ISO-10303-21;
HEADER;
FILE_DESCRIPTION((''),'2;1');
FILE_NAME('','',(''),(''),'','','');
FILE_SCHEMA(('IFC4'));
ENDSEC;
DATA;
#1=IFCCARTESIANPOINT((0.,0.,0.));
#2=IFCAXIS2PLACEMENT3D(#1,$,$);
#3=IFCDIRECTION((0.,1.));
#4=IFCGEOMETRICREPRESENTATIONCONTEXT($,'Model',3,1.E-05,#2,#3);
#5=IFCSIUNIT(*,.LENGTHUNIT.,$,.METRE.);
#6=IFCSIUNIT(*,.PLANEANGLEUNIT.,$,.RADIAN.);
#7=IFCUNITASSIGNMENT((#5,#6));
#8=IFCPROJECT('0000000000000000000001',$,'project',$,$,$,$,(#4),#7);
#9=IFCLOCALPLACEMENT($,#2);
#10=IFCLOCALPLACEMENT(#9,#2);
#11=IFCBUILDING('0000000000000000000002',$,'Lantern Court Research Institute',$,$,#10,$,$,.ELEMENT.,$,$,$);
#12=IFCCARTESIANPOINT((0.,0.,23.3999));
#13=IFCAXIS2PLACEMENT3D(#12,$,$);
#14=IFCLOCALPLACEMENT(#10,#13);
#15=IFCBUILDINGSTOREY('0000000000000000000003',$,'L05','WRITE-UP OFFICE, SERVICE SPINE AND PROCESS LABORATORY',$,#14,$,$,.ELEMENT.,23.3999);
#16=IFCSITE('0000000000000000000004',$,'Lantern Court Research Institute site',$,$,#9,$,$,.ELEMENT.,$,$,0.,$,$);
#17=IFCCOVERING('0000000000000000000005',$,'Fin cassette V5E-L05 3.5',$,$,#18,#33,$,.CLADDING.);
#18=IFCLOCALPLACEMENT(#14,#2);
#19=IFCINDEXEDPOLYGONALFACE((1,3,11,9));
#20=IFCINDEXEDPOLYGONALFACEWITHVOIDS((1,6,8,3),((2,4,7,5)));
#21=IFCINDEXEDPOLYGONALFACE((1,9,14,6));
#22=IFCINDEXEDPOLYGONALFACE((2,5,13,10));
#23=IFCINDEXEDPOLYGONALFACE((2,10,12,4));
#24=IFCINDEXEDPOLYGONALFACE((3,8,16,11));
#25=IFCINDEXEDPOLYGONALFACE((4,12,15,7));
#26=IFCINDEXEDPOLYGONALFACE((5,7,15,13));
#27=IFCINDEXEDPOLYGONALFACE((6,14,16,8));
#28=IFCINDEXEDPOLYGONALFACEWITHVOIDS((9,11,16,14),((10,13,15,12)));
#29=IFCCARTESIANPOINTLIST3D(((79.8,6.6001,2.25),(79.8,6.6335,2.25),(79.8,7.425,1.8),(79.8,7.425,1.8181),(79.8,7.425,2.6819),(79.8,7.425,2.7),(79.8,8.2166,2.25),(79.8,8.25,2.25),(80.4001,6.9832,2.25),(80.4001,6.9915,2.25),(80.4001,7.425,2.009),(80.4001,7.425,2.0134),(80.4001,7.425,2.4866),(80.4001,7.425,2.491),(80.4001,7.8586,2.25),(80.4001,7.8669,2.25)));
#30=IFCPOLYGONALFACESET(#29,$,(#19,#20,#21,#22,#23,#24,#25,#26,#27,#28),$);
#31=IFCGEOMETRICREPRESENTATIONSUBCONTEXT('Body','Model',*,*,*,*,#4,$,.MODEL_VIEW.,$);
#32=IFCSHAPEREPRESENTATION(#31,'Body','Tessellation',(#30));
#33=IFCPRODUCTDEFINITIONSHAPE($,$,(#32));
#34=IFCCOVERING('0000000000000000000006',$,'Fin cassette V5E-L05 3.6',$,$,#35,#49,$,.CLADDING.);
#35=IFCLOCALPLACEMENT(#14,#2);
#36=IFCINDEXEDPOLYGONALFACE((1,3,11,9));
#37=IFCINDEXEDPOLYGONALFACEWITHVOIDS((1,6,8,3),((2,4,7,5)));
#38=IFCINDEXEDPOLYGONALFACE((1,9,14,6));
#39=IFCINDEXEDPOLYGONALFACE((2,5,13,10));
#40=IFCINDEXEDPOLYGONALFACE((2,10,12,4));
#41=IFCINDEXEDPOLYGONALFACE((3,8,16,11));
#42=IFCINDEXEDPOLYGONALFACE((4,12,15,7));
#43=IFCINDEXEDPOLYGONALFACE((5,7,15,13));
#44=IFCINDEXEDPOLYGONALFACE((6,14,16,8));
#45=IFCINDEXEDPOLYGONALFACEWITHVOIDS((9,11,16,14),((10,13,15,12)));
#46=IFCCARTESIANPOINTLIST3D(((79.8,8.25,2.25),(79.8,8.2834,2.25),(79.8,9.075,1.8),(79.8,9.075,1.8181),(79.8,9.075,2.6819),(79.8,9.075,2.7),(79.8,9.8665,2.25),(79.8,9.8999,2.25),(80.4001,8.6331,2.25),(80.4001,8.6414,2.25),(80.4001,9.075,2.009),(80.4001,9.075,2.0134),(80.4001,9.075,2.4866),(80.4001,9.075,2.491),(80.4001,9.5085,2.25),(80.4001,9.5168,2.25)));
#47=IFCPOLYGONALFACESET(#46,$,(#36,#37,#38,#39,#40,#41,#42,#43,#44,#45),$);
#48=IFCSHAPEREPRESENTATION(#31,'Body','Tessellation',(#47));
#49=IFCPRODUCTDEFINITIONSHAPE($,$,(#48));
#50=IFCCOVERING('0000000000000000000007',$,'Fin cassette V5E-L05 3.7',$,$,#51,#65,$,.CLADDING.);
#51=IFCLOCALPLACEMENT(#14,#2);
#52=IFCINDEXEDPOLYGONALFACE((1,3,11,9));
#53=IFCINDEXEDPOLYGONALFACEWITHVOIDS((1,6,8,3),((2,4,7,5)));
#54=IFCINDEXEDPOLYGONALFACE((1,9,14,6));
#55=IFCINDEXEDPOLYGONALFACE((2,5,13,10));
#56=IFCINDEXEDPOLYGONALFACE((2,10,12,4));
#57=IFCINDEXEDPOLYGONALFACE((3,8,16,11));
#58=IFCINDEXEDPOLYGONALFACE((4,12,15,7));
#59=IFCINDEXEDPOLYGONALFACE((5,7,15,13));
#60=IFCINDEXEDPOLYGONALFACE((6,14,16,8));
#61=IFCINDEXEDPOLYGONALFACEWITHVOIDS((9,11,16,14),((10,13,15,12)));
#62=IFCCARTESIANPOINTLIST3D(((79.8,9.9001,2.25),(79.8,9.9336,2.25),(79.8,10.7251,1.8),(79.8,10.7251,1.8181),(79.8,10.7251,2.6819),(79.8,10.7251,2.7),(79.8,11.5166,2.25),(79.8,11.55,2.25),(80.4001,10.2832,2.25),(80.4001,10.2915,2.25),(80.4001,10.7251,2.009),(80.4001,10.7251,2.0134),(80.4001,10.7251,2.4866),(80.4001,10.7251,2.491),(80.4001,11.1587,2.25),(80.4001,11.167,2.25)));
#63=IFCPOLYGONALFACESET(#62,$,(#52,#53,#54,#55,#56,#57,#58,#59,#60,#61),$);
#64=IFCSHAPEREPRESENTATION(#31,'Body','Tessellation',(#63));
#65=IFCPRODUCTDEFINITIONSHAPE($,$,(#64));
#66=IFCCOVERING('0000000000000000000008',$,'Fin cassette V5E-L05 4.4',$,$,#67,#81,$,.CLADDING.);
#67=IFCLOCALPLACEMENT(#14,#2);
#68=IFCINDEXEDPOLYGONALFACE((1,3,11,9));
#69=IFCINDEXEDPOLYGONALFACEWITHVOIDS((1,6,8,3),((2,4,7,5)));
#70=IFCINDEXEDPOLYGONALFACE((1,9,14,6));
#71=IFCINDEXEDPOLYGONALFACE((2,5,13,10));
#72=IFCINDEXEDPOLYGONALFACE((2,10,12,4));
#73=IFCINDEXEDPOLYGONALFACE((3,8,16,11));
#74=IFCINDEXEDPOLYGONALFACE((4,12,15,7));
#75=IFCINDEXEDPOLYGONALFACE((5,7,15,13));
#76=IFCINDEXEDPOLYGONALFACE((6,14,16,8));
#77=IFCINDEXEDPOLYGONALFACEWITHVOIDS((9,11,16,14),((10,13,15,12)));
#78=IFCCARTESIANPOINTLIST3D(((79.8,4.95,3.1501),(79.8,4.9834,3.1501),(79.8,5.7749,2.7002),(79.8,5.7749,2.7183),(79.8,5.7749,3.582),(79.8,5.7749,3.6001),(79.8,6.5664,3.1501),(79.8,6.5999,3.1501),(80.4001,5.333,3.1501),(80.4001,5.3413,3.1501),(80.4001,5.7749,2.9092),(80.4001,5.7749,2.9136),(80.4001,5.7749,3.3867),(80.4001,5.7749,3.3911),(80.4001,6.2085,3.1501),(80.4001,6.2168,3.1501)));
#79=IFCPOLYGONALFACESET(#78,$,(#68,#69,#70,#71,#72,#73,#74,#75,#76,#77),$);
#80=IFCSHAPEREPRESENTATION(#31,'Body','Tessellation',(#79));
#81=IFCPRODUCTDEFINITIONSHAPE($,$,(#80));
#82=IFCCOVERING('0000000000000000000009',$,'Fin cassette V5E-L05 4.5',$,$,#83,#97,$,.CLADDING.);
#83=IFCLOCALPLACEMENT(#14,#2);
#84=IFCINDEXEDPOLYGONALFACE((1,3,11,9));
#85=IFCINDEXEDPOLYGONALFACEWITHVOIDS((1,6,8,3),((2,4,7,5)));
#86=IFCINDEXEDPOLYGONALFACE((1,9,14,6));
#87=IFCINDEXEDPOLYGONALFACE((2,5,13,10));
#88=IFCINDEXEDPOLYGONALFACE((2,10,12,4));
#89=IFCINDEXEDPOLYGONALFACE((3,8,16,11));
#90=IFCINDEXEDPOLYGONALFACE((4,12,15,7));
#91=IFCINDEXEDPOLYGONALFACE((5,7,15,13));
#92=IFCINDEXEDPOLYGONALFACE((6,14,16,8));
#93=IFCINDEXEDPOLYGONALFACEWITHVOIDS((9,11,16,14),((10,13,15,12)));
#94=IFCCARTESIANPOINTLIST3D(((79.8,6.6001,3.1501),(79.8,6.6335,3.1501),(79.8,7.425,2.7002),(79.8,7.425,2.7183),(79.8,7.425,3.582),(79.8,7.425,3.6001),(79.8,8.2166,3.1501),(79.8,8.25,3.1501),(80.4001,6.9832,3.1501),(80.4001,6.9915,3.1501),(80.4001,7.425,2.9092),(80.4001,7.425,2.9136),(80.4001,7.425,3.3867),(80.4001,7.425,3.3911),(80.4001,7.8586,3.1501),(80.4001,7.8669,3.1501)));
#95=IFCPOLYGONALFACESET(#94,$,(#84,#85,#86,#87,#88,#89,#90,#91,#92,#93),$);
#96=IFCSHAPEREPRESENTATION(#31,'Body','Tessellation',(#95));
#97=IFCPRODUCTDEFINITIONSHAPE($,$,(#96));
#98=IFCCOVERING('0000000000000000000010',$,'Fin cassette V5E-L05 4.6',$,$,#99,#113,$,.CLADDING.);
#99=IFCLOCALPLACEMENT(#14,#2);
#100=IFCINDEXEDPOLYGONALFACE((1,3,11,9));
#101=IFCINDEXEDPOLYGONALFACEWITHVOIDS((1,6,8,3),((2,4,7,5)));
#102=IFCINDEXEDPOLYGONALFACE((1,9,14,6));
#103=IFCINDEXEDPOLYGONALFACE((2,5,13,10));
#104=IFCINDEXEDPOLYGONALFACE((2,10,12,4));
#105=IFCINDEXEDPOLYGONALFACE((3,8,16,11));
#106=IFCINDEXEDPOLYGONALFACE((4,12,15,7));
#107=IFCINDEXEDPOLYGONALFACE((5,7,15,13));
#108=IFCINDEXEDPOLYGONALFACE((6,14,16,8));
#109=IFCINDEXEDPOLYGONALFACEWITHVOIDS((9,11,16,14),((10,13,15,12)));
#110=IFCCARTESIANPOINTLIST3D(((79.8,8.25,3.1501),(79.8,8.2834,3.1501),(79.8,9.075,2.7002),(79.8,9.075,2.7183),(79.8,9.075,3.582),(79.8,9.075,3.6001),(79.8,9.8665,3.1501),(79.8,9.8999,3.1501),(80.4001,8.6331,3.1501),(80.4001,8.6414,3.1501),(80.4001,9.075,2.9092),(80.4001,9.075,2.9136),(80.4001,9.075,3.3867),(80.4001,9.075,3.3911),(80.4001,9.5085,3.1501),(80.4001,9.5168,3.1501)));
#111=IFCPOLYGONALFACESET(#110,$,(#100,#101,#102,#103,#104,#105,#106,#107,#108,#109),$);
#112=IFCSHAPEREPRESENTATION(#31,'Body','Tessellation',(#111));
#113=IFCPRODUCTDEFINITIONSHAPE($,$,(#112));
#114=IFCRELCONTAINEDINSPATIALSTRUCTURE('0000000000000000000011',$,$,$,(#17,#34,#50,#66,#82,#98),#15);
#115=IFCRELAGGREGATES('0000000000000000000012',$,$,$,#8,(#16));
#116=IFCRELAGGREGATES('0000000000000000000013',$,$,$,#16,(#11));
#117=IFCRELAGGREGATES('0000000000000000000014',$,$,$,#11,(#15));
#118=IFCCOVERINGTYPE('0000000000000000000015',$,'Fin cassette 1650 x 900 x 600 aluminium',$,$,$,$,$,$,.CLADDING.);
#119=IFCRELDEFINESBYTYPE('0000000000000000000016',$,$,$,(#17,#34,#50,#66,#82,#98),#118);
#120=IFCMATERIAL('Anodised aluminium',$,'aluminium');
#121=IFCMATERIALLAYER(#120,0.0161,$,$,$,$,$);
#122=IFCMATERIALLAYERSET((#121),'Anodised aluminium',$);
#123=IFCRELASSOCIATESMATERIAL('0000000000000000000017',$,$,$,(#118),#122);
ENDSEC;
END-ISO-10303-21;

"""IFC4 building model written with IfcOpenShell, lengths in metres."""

from ifc_helpers import new_model, entity, si_unit, direction, frame, origin, place, context, subcontext, project, spatial, material, layer, layer_set, type_object, element, save


model = new_model("IFC4")

# Units and contexts
model_context = context("Model", 3, precision=1e-05, world=origin(), true_north=direction((0.0, 1.0)))
body_context = subcontext(model_context, "Body", "Model", "MODEL_VIEW")
ifc_project = project(units=[si_unit("LENGTHUNIT", "METRE"), si_unit("PLANEANGLEUNIT", "RADIAN")], contexts=[model_context])

# Site, building, storey
site_placement = place(None, origin())
site = spatial("IfcSite", under=ifc_project, at=site_placement, Name="Lantern Court Research Institute site", CompositionType="ELEMENT", RefElevation=0.0)
building_placement = place(site_placement, origin())
building = spatial("IfcBuilding", under=site, at=building_placement, Name="Lantern Court Research Institute", CompositionType="ELEMENT")
storey_placement = place(building_placement, frame((0.0, 0.0, 23.3999)))
storey = spatial("IfcBuildingStorey", under=building, at=storey_placement, Name="L05", Description="WRITE-UP OFFICE, SERVICE SPINE AND PROCESS LABORATORY", CompositionType="ELEMENT", Elevation=23.3999)

# Coverings
ifc_material_1 = material(Name="Anodised aluminium", Category="aluminium")
ifc_layer_1 = layer(ifc_material_1, 0.0161)
ifc_layer_set_1 = layer_set([ifc_layer_1], Name="Anodised aluminium")
covering_type = type_object("IfcCoveringType", Name="Fin cassette 1650 x 900 x 600 aluminium", PredefinedType="CLADDING", material=ifc_layer_set_1)
covering_1_placement = place(storey_placement, frame((79.8, 7.425, 2.25), z_axis=(1.0, 0.0, 0.0), x_axis=(0.0, 1.0, 0.0)))
cartesian_point_1 = entity("IfcCartesianPoint", [0.825, 0.0])
cartesian_point_2 = entity("IfcCartesianPoint", [0.7915, 0.0])
cartesian_point_3 = entity("IfcCartesianPoint", [0.4419, 0.0])
cartesian_point_4 = entity("IfcCartesianPoint", [0.4336, 0.0])
element("IfcCovering", 1, at=covering_1_placement, inside=storey, type_object=covering_type, Name="Fin cassette V5E-L05 3.5", PredefinedType="CLADDING", context=body_context, shape_type="SweptSolid", body=[
    entity("IfcExtrudedAreaSolidTapered", entity("IfcArbitraryProfileDefWithVoids", "AREA", None, entity("IfcPolyline", [cartesian_point_1, entity("IfcCartesianPoint", [0.0, 0.45]), entity("IfcCartesianPoint", [-0.825, 0.0]), entity("IfcCartesianPoint", [0.0, -0.45]), cartesian_point_1]), [entity("IfcPolyline", [cartesian_point_2, entity("IfcCartesianPoint", [0.0, 0.4319]), entity("IfcCartesianPoint", [-0.7915, 0.0]), entity("IfcCartesianPoint", [0.0, -0.4319]), cartesian_point_2])]), entity("IfcAxis2Placement3D", entity("IfcCartesianPoint", [0.0, 0.0, 0.0])), entity("IfcDirection", [0.0, 0.0, 1.0]), 0.6001, entity("IfcArbitraryProfileDefWithVoids", "AREA", None, entity("IfcPolyline", [cartesian_point_3, entity("IfcCartesianPoint", [0.0, 0.241]), entity("IfcCartesianPoint", [-0.4419, 0.0]), entity("IfcCartesianPoint", [0.0, -0.241]), cartesian_point_3]), [entity("IfcPolyline", [cartesian_point_4, entity("IfcCartesianPoint", [0.0, 0.2366]), entity("IfcCartesianPoint", [-0.4336, 0.0]), entity("IfcCartesianPoint", [0.0, -0.2366]), cartesian_point_4])])),
])
covering_2_placement = place(storey_placement, frame((79.8, 9.075, 2.25), z_axis=(1.0, 0.0, 0.0), x_axis=(0.0, 1.0, 0.0)))
cartesian_point_5 = entity("IfcCartesianPoint", [0.825, 0.0])
cartesian_point_6 = entity("IfcCartesianPoint", [0.7915, 0.0])
cartesian_point_7 = entity("IfcCartesianPoint", [0.4419, 0.0])
cartesian_point_8 = entity("IfcCartesianPoint", [0.4336, 0.0])
element("IfcCovering", 2, at=covering_2_placement, inside=storey, type_object=covering_type, Name="Fin cassette V5E-L05 3.6", PredefinedType="CLADDING", context=body_context, shape_type="SweptSolid", body=[
    entity("IfcExtrudedAreaSolidTapered", entity("IfcArbitraryProfileDefWithVoids", "AREA", None, entity("IfcPolyline", [cartesian_point_5, entity("IfcCartesianPoint", [0.0, 0.45]), entity("IfcCartesianPoint", [-0.825, 0.0]), entity("IfcCartesianPoint", [0.0, -0.45]), cartesian_point_5]), [entity("IfcPolyline", [cartesian_point_6, entity("IfcCartesianPoint", [0.0, 0.4319]), entity("IfcCartesianPoint", [-0.7915, 0.0]), entity("IfcCartesianPoint", [0.0, -0.4319]), cartesian_point_6])]), entity("IfcAxis2Placement3D", entity("IfcCartesianPoint", [0.0, 0.0, 0.0])), entity("IfcDirection", [0.0, 0.0, 1.0]), 0.6001, entity("IfcArbitraryProfileDefWithVoids", "AREA", None, entity("IfcPolyline", [cartesian_point_7, entity("IfcCartesianPoint", [0.0, 0.241]), entity("IfcCartesianPoint", [-0.4419, 0.0]), entity("IfcCartesianPoint", [0.0, -0.241]), cartesian_point_7]), [entity("IfcPolyline", [cartesian_point_8, entity("IfcCartesianPoint", [0.0, 0.2366]), entity("IfcCartesianPoint", [-0.4336, 0.0]), entity("IfcCartesianPoint", [0.0, -0.2366]), cartesian_point_8])])),
])
covering_3_placement = place(storey_placement, frame((79.8, 10.7251, 2.25), z_axis=(1.0, 0.0, 0.0), x_axis=(0.0, 1.0, 0.0)))
cartesian_point_9 = entity("IfcCartesianPoint", [0.825, 0.0])
cartesian_point_10 = entity("IfcCartesianPoint", [0.7915, 0.0])
cartesian_point_11 = entity("IfcCartesianPoint", [0.4419, 0.0])
cartesian_point_12 = entity("IfcCartesianPoint", [0.4336, 0.0])
element("IfcCovering", 3, at=covering_3_placement, inside=storey, type_object=covering_type, Name="Fin cassette V5E-L05 3.7", PredefinedType="CLADDING", context=body_context, shape_type="SweptSolid", body=[
    entity("IfcExtrudedAreaSolidTapered", entity("IfcArbitraryProfileDefWithVoids", "AREA", None, entity("IfcPolyline", [cartesian_point_9, entity("IfcCartesianPoint", [0.0, 0.45]), entity("IfcCartesianPoint", [-0.825, 0.0]), entity("IfcCartesianPoint", [0.0, -0.45]), cartesian_point_9]), [entity("IfcPolyline", [cartesian_point_10, entity("IfcCartesianPoint", [0.0, 0.4319]), entity("IfcCartesianPoint", [-0.7915, 0.0]), entity("IfcCartesianPoint", [0.0, -0.4319]), cartesian_point_10])]), entity("IfcAxis2Placement3D", entity("IfcCartesianPoint", [0.0, 0.0, 0.0])), entity("IfcDirection", [0.0, 0.0, 1.0]), 0.6001, entity("IfcArbitraryProfileDefWithVoids", "AREA", None, entity("IfcPolyline", [cartesian_point_11, entity("IfcCartesianPoint", [0.0, 0.241]), entity("IfcCartesianPoint", [-0.4419, 0.0]), entity("IfcCartesianPoint", [0.0, -0.241]), cartesian_point_11]), [entity("IfcPolyline", [cartesian_point_12, entity("IfcCartesianPoint", [0.0, 0.2366]), entity("IfcCartesianPoint", [-0.4336, 0.0]), entity("IfcCartesianPoint", [0.0, -0.2366]), cartesian_point_12])])),
])
covering_4_placement = place(storey_placement, frame((79.8, 5.7749, 3.1501), z_axis=(1.0, 0.0, 0.0), x_axis=(0.0, 1.0, 0.0)))
cartesian_point_13 = entity("IfcCartesianPoint", [0.825, 0.0])
cartesian_point_14 = entity("IfcCartesianPoint", [0.7915, 0.0])
cartesian_point_15 = entity("IfcCartesianPoint", [0.4419, 0.0])
cartesian_point_16 = entity("IfcCartesianPoint", [0.4336, 0.0])
element("IfcCovering", 4, at=covering_4_placement, inside=storey, type_object=covering_type, Name="Fin cassette V5E-L05 4.4", PredefinedType="CLADDING", context=body_context, shape_type="SweptSolid", body=[
    entity("IfcExtrudedAreaSolidTapered", entity("IfcArbitraryProfileDefWithVoids", "AREA", None, entity("IfcPolyline", [cartesian_point_13, entity("IfcCartesianPoint", [0.0, 0.45]), entity("IfcCartesianPoint", [-0.825, 0.0]), entity("IfcCartesianPoint", [0.0, -0.45]), cartesian_point_13]), [entity("IfcPolyline", [cartesian_point_14, entity("IfcCartesianPoint", [0.0, 0.4319]), entity("IfcCartesianPoint", [-0.7915, 0.0]), entity("IfcCartesianPoint", [0.0, -0.4319]), cartesian_point_14])]), entity("IfcAxis2Placement3D", entity("IfcCartesianPoint", [0.0, 0.0, 0.0])), entity("IfcDirection", [0.0, 0.0, 1.0]), 0.6001, entity("IfcArbitraryProfileDefWithVoids", "AREA", None, entity("IfcPolyline", [cartesian_point_15, entity("IfcCartesianPoint", [0.0, 0.241]), entity("IfcCartesianPoint", [-0.4419, 0.0]), entity("IfcCartesianPoint", [0.0, -0.241]), cartesian_point_15]), [entity("IfcPolyline", [cartesian_point_16, entity("IfcCartesianPoint", [0.0, 0.2366]), entity("IfcCartesianPoint", [-0.4336, 0.0]), entity("IfcCartesianPoint", [0.0, -0.2366]), cartesian_point_16])])),
])
covering_5_placement = place(storey_placement, frame((79.8, 7.425, 3.1501), z_axis=(1.0, 0.0, 0.0), x_axis=(0.0, 1.0, 0.0)))
cartesian_point_17 = entity("IfcCartesianPoint", [0.825, 0.0])
cartesian_point_18 = entity("IfcCartesianPoint", [0.7915, 0.0])
cartesian_point_19 = entity("IfcCartesianPoint", [0.4419, 0.0])
cartesian_point_20 = entity("IfcCartesianPoint", [0.4336, 0.0])
element("IfcCovering", 5, at=covering_5_placement, inside=storey, type_object=covering_type, Name="Fin cassette V5E-L05 4.5", PredefinedType="CLADDING", context=body_context, shape_type="SweptSolid", body=[
    entity("IfcExtrudedAreaSolidTapered", entity("IfcArbitraryProfileDefWithVoids", "AREA", None, entity("IfcPolyline", [cartesian_point_17, entity("IfcCartesianPoint", [0.0, 0.45]), entity("IfcCartesianPoint", [-0.825, 0.0]), entity("IfcCartesianPoint", [0.0, -0.45]), cartesian_point_17]), [entity("IfcPolyline", [cartesian_point_18, entity("IfcCartesianPoint", [0.0, 0.4319]), entity("IfcCartesianPoint", [-0.7915, 0.0]), entity("IfcCartesianPoint", [0.0, -0.4319]), cartesian_point_18])]), entity("IfcAxis2Placement3D", entity("IfcCartesianPoint", [0.0, 0.0, 0.0])), entity("IfcDirection", [0.0, 0.0, 1.0]), 0.6001, entity("IfcArbitraryProfileDefWithVoids", "AREA", None, entity("IfcPolyline", [cartesian_point_19, entity("IfcCartesianPoint", [0.0, 0.241]), entity("IfcCartesianPoint", [-0.4419, 0.0]), entity("IfcCartesianPoint", [0.0, -0.241]), cartesian_point_19]), [entity("IfcPolyline", [cartesian_point_20, entity("IfcCartesianPoint", [0.0, 0.2366]), entity("IfcCartesianPoint", [-0.4336, 0.0]), entity("IfcCartesianPoint", [0.0, -0.2366]), cartesian_point_20])])),
])
covering_6_placement = place(storey_placement, frame((79.8, 9.075, 3.1501), z_axis=(1.0, 0.0, 0.0), x_axis=(0.0, 1.0, 0.0)))
cartesian_point_21 = entity("IfcCartesianPoint", [0.825, 0.0])
cartesian_point_22 = entity("IfcCartesianPoint", [0.7915, 0.0])
cartesian_point_23 = entity("IfcCartesianPoint", [0.4419, 0.0])
cartesian_point_24 = entity("IfcCartesianPoint", [0.4336, 0.0])
element("IfcCovering", 6, at=covering_6_placement, inside=storey, type_object=covering_type, Name="Fin cassette V5E-L05 4.6", PredefinedType="CLADDING", context=body_context, shape_type="SweptSolid", body=[
    entity("IfcExtrudedAreaSolidTapered", entity("IfcArbitraryProfileDefWithVoids", "AREA", None, entity("IfcPolyline", [cartesian_point_21, entity("IfcCartesianPoint", [0.0, 0.45]), entity("IfcCartesianPoint", [-0.825, 0.0]), entity("IfcCartesianPoint", [0.0, -0.45]), cartesian_point_21]), [entity("IfcPolyline", [cartesian_point_22, entity("IfcCartesianPoint", [0.0, 0.4319]), entity("IfcCartesianPoint", [-0.7915, 0.0]), entity("IfcCartesianPoint", [0.0, -0.4319]), cartesian_point_22])]), entity("IfcAxis2Placement3D", entity("IfcCartesianPoint", [0.0, 0.0, 0.0])), entity("IfcDirection", [0.0, 0.0, 1.0]), 0.6001, entity("IfcArbitraryProfileDefWithVoids", "AREA", None, entity("IfcPolyline", [cartesian_point_23, entity("IfcCartesianPoint", [0.0, 0.241]), entity("IfcCartesianPoint", [-0.4419, 0.0]), entity("IfcCartesianPoint", [0.0, -0.241]), cartesian_point_23]), [entity("IfcPolyline", [cartesian_point_24, entity("IfcCartesianPoint", [0.0, 0.2366]), entity("IfcCartesianPoint", [-0.4336, 0.0]), entity("IfcCartesianPoint", [0.0, -0.2366]), cartesian_point_24])])),
])

save(model, "model.ifc")
